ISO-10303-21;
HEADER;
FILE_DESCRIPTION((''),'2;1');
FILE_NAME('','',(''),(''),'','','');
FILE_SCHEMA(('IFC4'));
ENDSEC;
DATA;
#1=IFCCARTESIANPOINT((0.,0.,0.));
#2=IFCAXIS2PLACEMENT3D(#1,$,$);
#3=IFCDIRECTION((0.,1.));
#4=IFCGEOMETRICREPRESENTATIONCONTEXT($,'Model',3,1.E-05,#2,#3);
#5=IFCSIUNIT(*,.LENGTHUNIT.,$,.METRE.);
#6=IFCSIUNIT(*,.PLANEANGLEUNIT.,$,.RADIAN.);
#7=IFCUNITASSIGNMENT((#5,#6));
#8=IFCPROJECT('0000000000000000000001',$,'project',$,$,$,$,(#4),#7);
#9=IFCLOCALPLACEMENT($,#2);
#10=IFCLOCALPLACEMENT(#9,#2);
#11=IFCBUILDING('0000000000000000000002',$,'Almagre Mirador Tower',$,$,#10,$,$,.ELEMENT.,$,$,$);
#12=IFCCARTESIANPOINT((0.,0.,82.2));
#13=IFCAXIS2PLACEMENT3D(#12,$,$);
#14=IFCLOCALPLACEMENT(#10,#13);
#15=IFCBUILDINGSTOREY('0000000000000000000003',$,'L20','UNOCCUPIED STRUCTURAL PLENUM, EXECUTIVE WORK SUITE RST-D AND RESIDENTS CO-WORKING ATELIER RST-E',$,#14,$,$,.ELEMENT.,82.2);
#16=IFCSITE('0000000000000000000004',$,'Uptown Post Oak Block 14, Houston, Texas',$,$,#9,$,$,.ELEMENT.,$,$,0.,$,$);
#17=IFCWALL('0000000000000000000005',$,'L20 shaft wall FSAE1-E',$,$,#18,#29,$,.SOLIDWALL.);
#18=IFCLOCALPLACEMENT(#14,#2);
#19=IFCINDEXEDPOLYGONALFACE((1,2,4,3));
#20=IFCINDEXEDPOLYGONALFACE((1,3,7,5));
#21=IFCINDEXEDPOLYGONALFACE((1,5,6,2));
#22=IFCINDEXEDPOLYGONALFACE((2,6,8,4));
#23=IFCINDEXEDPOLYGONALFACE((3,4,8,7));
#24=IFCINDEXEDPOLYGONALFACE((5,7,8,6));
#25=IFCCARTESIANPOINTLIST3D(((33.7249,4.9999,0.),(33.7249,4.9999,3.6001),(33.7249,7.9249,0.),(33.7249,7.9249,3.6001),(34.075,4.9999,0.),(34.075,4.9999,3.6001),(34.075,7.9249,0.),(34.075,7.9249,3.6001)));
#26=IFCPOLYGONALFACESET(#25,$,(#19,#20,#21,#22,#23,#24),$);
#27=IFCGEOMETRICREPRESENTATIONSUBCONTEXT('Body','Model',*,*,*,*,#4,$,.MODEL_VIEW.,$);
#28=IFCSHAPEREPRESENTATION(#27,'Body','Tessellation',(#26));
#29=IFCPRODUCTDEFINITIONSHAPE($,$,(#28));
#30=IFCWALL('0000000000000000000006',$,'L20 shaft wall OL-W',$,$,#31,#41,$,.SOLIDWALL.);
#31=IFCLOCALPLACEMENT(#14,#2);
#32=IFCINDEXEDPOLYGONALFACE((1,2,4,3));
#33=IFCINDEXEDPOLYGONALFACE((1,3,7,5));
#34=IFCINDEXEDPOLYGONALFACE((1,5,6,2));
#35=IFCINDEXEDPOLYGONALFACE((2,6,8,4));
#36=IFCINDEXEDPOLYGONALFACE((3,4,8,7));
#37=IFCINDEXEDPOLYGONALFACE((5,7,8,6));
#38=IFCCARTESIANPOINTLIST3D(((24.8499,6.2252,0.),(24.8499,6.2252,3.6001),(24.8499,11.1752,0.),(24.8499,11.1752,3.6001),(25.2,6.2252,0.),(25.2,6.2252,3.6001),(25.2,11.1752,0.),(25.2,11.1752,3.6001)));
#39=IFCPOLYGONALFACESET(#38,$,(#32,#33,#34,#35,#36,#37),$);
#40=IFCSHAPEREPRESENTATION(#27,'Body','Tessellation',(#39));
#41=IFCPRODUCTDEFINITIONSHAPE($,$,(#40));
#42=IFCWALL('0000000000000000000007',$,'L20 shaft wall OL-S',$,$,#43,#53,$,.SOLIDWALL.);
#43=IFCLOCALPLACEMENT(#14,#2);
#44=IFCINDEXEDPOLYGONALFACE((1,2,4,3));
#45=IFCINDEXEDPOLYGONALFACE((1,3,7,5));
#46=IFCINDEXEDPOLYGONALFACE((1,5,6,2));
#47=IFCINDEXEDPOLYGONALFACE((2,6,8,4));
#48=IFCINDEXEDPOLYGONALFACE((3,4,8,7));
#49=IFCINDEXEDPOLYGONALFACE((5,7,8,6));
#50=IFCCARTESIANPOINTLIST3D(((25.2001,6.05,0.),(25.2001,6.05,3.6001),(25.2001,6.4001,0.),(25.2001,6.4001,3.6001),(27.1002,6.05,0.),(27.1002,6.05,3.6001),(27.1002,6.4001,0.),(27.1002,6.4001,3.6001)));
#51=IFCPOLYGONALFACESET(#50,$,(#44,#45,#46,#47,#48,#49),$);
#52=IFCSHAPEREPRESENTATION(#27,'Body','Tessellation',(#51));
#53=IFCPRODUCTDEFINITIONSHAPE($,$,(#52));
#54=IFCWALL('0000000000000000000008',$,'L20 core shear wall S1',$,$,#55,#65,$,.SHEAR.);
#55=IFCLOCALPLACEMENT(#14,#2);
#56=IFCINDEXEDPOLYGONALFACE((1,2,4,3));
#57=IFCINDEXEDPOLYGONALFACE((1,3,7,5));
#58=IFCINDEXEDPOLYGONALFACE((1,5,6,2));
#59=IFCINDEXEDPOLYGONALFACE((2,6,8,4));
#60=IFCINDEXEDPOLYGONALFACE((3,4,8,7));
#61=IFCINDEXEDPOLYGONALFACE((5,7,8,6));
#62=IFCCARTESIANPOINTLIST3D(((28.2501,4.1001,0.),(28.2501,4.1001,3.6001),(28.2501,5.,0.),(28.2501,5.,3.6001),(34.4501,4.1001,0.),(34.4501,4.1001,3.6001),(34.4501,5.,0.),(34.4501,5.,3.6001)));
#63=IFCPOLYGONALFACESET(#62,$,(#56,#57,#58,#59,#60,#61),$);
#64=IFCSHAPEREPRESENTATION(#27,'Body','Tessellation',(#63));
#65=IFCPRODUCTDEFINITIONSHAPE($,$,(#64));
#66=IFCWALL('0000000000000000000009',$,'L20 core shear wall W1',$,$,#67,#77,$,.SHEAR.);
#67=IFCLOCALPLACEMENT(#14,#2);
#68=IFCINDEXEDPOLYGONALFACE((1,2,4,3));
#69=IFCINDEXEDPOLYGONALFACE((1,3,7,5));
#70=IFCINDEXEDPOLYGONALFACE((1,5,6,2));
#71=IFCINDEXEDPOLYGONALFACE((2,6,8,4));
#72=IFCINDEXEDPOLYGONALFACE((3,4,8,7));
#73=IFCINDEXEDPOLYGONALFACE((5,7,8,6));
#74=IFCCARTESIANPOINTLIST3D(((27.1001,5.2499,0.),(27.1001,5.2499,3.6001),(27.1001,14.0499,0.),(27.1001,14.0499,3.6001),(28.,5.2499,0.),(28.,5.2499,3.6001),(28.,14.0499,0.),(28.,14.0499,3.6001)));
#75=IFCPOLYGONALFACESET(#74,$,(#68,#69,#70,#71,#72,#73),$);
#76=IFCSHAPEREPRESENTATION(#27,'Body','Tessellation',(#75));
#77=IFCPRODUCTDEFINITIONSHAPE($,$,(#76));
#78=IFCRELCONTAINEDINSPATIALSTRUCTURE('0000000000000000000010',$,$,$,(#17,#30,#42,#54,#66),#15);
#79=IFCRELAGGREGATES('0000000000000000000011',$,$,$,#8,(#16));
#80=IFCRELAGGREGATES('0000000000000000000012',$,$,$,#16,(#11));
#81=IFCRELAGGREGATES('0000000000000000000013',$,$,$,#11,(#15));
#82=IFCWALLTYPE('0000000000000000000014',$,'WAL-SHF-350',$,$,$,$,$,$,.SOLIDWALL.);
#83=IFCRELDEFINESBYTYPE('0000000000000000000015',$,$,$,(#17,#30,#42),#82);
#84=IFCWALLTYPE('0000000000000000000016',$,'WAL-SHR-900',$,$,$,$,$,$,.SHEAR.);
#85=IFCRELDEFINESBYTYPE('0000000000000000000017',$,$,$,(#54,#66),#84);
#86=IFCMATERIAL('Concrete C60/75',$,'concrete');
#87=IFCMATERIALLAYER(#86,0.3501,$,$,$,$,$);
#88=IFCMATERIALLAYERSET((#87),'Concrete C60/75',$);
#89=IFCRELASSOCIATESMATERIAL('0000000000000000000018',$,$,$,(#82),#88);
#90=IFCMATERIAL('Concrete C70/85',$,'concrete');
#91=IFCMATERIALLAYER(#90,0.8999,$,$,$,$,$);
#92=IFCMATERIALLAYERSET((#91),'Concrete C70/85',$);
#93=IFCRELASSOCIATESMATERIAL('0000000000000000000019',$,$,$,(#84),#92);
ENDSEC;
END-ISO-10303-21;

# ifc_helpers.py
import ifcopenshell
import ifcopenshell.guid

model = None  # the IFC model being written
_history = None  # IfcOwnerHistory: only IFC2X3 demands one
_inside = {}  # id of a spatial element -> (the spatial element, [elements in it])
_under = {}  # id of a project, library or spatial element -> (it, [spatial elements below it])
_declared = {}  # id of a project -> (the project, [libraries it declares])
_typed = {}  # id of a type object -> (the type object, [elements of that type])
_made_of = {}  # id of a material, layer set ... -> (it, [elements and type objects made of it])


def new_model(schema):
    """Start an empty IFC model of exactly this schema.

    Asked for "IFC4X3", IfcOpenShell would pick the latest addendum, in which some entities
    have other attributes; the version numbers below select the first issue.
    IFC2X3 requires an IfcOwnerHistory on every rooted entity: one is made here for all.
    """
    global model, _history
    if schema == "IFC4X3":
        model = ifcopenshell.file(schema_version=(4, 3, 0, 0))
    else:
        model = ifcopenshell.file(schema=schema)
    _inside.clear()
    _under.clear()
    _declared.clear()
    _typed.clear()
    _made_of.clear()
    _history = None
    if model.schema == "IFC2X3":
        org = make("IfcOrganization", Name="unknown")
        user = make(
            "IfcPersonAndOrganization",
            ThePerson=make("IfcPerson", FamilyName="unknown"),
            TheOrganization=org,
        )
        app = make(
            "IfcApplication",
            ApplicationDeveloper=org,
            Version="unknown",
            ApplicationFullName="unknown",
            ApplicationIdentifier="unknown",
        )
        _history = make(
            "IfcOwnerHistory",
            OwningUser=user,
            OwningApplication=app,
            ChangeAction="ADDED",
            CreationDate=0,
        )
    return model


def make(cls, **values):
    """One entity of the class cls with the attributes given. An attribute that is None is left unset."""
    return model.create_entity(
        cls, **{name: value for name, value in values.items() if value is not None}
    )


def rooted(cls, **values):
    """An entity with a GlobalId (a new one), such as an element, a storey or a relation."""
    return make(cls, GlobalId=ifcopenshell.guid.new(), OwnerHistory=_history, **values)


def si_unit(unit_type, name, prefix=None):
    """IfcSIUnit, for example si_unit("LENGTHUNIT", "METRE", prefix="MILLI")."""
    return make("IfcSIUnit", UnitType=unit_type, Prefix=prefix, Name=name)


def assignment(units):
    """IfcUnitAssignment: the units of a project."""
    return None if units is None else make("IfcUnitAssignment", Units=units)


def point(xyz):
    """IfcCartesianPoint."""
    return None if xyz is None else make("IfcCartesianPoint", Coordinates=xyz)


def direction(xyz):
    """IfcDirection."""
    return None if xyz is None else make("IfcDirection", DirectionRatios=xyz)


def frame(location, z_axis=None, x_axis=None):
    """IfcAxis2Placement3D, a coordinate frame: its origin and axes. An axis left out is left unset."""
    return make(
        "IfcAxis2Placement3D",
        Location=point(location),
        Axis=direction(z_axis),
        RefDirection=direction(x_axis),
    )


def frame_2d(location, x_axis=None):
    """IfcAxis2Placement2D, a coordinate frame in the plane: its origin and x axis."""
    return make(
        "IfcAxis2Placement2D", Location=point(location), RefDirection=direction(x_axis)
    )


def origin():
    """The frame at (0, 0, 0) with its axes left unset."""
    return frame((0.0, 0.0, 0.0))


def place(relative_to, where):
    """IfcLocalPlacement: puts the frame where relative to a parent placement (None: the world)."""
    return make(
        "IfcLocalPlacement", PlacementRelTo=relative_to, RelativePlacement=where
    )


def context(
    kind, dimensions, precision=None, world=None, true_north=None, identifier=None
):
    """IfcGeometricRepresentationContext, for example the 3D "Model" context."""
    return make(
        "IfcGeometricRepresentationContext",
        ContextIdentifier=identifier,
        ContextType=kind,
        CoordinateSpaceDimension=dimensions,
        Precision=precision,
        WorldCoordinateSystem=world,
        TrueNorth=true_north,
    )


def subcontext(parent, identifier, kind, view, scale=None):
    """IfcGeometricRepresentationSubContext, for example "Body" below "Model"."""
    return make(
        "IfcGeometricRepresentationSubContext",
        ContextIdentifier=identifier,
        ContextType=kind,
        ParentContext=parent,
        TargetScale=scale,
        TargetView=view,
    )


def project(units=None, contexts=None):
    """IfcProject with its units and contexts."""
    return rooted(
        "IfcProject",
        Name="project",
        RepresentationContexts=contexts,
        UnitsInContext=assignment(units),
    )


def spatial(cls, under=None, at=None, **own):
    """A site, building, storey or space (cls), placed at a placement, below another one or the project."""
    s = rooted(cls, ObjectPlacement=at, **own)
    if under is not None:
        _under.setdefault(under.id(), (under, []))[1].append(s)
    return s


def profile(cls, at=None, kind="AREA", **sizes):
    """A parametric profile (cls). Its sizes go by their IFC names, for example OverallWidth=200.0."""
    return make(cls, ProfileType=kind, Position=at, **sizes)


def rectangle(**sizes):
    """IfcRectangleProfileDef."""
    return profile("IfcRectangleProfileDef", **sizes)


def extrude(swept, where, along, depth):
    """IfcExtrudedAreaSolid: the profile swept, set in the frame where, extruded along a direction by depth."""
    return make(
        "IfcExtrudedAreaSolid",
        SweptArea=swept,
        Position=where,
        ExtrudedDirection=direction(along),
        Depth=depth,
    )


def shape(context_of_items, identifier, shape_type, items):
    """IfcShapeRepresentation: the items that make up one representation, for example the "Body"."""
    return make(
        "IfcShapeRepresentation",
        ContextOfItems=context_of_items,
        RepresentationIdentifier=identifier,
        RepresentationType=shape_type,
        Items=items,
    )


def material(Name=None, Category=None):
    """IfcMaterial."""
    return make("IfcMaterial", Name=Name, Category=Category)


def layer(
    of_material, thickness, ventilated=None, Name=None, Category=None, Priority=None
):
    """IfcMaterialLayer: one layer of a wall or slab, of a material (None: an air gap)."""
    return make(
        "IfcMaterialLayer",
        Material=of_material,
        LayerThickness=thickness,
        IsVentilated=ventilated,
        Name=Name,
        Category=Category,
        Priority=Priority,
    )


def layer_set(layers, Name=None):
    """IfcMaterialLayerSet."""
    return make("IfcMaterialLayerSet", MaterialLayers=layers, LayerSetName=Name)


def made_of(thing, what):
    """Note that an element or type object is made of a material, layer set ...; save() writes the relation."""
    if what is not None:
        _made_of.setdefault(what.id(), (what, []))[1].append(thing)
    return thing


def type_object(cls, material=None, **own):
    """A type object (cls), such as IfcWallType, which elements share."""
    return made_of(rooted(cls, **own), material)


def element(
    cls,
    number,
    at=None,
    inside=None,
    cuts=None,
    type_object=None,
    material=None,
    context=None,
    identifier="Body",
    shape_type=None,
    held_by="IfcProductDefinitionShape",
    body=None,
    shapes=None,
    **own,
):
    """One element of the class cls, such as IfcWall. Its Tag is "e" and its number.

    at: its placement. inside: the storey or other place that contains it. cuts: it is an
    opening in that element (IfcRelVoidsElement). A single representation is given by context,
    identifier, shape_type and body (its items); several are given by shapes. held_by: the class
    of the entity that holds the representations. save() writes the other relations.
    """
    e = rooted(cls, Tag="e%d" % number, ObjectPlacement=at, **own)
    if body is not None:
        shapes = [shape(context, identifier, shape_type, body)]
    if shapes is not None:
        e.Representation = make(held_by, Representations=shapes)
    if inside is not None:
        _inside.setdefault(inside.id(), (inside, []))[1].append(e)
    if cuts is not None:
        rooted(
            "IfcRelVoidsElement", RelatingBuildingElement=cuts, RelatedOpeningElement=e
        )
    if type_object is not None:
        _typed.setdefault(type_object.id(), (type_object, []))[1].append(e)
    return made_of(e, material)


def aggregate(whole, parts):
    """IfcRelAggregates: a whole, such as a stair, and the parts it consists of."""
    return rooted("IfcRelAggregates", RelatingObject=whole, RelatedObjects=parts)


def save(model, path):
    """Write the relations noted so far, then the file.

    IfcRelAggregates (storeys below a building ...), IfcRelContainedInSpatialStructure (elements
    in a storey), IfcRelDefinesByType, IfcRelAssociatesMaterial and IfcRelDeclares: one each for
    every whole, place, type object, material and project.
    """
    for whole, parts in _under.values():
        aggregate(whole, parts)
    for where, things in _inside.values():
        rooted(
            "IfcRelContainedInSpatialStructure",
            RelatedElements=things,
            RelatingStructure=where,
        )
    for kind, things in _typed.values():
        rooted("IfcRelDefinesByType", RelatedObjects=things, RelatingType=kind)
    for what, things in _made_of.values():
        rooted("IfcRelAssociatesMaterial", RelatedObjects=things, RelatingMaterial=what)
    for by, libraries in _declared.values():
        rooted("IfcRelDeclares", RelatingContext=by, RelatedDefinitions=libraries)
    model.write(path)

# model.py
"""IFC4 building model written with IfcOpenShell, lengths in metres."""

from ifc_helpers import new_model, si_unit, direction, frame, frame_2d, origin, place, context, subcontext, project, spatial, rectangle, extrude, material, layer, layer_set, type_object, element, save


model = new_model("IFC4")

# Units and contexts
model_context = context("Model", 3, precision=1e-05, world=origin(), true_north=direction((0.0, 1.0)))
body_context = subcontext(model_context, "Body", "Model", "MODEL_VIEW")
ifc_project = project(units=[si_unit("LENGTHUNIT", "METRE"), si_unit("PLANEANGLEUNIT", "RADIAN")], contexts=[model_context])

# Site, building, storey
site_placement = place(None, origin())
site = spatial("IfcSite", under=ifc_project, at=site_placement, Name="Uptown Post Oak Block 14, Houston, Texas", CompositionType="ELEMENT", RefElevation=0.0)
building_placement = place(site_placement, origin())
building = spatial("IfcBuilding", under=site, at=building_placement, Name="Almagre Mirador Tower", CompositionType="ELEMENT")
storey_placement = place(building_placement, frame((0.0, 0.0, 82.2)))
storey = spatial("IfcBuildingStorey", under=building, at=storey_placement, Name="L20", Description="UNOCCUPIED STRUCTURAL PLENUM, EXECUTIVE WORK SUITE RST-D AND RESIDENTS CO-WORKING ATELIER RST-E", CompositionType="ELEMENT", Elevation=82.2)

# Shared definitions
ifc_material_1 = material(Name="Concrete C60/75", Category="concrete")
ifc_layer_1 = layer(ifc_material_1, 0.3501)
ifc_layer_set_1 = layer_set([ifc_layer_1], Name="Concrete C60/75")
wall_type_1 = type_object("IfcWallType", Name="WAL-SHF-350", PredefinedType="SOLIDWALL", material=ifc_layer_set_1)

# Walls
wall_1_placement = place(storey_placement, frame((33.8999, 5.0, 0.0), z_axis=(0.0, 0.0, 1.0), x_axis=(0.0, 1.0, 0.0)))
element("IfcWall", 1, at=wall_1_placement, inside=storey, type_object=wall_type_1, Name="L20 shaft wall FSAE1-E", PredefinedType="SOLIDWALL", context=body_context, shape_type="SweptSolid", body=[
    extrude(rectangle(XDim=2.925, YDim=0.3501, at=frame_2d((1.4624, 0.0))), origin(), (0.0, 0.0, 1.0), 3.6001),
])
wall_2_placement = place(storey_placement, frame((25.0249, 6.2251, 0.0), z_axis=(0.0, 0.0, 1.0), x_axis=(0.0, 1.0, 0.0)))
element("IfcWall", 2, at=wall_2_placement, inside=storey, type_object=wall_type_1, Name="L20 shaft wall OL-W", PredefinedType="SOLIDWALL", context=body_context, shape_type="SweptSolid", body=[
    extrude(rectangle(XDim=4.95, YDim=0.3501, at=frame_2d((2.4751, 0.0))), origin(), (0.0, 0.0, 1.0), 3.6001),
])
wall_3_placement = place(storey_placement, frame((25.2, 6.2251, 0.0), z_axis=(0.0, 0.0, 1.0), x_axis=(1.0, 0.0, 0.0)))
element("IfcWall", 3, at=wall_3_placement, inside=storey, type_object=wall_type_1, Name="L20 shaft wall OL-S", PredefinedType="SOLIDWALL", context=body_context, shape_type="SweptSolid", body=[
    extrude(rectangle(XDim=1.9001, YDim=0.3501, at=frame_2d((0.9502, 0.0))), origin(), (0.0, 0.0, 1.0), 3.6001),
])
ifc_material_2 = material(Name="Concrete C70/85", Category="concrete")
ifc_layer_2 = layer(ifc_material_2, 0.8999)
ifc_layer_set_2 = layer_set([ifc_layer_2], Name="Concrete C70/85")
wall_type_2 = type_object("IfcWallType", Name="WAL-SHR-900", PredefinedType="SHEAR", material=ifc_layer_set_2)
wall_4_placement = place(storey_placement, frame((28.25, 4.55, 0.0), z_axis=(0.0, 0.0, 1.0), x_axis=(1.0, 0.0, 0.0)))
element("IfcWall", 4, at=wall_4_placement, inside=storey, type_object=wall_type_2, Name="L20 core shear wall S1", PredefinedType="SHEAR", context=body_context, shape_type="SweptSolid", body=[
    extrude(rectangle(XDim=6.2, YDim=0.8999, at=frame_2d((3.1001, 0.0))), origin(), (0.0, 0.0, 1.0), 3.6001),
])
wall_5_placement = place(storey_placement, frame((27.55, 5.25, 0.0), z_axis=(0.0, 0.0, 1.0), x_axis=(0.0, 1.0, 0.0)))
element("IfcWall", 5, at=wall_5_placement, inside=storey, type_object=wall_type_2, Name="L20 core shear wall W1", PredefinedType="SHEAR", context=body_context, shape_type="SweptSolid", body=[
    extrude(rectangle(XDim=8.8, YDim=0.8999, at=frame_2d((4.3999, 0.0))), origin(), (0.0, 0.0, 1.0), 3.6001),
])

save(model, "model.ifc")
